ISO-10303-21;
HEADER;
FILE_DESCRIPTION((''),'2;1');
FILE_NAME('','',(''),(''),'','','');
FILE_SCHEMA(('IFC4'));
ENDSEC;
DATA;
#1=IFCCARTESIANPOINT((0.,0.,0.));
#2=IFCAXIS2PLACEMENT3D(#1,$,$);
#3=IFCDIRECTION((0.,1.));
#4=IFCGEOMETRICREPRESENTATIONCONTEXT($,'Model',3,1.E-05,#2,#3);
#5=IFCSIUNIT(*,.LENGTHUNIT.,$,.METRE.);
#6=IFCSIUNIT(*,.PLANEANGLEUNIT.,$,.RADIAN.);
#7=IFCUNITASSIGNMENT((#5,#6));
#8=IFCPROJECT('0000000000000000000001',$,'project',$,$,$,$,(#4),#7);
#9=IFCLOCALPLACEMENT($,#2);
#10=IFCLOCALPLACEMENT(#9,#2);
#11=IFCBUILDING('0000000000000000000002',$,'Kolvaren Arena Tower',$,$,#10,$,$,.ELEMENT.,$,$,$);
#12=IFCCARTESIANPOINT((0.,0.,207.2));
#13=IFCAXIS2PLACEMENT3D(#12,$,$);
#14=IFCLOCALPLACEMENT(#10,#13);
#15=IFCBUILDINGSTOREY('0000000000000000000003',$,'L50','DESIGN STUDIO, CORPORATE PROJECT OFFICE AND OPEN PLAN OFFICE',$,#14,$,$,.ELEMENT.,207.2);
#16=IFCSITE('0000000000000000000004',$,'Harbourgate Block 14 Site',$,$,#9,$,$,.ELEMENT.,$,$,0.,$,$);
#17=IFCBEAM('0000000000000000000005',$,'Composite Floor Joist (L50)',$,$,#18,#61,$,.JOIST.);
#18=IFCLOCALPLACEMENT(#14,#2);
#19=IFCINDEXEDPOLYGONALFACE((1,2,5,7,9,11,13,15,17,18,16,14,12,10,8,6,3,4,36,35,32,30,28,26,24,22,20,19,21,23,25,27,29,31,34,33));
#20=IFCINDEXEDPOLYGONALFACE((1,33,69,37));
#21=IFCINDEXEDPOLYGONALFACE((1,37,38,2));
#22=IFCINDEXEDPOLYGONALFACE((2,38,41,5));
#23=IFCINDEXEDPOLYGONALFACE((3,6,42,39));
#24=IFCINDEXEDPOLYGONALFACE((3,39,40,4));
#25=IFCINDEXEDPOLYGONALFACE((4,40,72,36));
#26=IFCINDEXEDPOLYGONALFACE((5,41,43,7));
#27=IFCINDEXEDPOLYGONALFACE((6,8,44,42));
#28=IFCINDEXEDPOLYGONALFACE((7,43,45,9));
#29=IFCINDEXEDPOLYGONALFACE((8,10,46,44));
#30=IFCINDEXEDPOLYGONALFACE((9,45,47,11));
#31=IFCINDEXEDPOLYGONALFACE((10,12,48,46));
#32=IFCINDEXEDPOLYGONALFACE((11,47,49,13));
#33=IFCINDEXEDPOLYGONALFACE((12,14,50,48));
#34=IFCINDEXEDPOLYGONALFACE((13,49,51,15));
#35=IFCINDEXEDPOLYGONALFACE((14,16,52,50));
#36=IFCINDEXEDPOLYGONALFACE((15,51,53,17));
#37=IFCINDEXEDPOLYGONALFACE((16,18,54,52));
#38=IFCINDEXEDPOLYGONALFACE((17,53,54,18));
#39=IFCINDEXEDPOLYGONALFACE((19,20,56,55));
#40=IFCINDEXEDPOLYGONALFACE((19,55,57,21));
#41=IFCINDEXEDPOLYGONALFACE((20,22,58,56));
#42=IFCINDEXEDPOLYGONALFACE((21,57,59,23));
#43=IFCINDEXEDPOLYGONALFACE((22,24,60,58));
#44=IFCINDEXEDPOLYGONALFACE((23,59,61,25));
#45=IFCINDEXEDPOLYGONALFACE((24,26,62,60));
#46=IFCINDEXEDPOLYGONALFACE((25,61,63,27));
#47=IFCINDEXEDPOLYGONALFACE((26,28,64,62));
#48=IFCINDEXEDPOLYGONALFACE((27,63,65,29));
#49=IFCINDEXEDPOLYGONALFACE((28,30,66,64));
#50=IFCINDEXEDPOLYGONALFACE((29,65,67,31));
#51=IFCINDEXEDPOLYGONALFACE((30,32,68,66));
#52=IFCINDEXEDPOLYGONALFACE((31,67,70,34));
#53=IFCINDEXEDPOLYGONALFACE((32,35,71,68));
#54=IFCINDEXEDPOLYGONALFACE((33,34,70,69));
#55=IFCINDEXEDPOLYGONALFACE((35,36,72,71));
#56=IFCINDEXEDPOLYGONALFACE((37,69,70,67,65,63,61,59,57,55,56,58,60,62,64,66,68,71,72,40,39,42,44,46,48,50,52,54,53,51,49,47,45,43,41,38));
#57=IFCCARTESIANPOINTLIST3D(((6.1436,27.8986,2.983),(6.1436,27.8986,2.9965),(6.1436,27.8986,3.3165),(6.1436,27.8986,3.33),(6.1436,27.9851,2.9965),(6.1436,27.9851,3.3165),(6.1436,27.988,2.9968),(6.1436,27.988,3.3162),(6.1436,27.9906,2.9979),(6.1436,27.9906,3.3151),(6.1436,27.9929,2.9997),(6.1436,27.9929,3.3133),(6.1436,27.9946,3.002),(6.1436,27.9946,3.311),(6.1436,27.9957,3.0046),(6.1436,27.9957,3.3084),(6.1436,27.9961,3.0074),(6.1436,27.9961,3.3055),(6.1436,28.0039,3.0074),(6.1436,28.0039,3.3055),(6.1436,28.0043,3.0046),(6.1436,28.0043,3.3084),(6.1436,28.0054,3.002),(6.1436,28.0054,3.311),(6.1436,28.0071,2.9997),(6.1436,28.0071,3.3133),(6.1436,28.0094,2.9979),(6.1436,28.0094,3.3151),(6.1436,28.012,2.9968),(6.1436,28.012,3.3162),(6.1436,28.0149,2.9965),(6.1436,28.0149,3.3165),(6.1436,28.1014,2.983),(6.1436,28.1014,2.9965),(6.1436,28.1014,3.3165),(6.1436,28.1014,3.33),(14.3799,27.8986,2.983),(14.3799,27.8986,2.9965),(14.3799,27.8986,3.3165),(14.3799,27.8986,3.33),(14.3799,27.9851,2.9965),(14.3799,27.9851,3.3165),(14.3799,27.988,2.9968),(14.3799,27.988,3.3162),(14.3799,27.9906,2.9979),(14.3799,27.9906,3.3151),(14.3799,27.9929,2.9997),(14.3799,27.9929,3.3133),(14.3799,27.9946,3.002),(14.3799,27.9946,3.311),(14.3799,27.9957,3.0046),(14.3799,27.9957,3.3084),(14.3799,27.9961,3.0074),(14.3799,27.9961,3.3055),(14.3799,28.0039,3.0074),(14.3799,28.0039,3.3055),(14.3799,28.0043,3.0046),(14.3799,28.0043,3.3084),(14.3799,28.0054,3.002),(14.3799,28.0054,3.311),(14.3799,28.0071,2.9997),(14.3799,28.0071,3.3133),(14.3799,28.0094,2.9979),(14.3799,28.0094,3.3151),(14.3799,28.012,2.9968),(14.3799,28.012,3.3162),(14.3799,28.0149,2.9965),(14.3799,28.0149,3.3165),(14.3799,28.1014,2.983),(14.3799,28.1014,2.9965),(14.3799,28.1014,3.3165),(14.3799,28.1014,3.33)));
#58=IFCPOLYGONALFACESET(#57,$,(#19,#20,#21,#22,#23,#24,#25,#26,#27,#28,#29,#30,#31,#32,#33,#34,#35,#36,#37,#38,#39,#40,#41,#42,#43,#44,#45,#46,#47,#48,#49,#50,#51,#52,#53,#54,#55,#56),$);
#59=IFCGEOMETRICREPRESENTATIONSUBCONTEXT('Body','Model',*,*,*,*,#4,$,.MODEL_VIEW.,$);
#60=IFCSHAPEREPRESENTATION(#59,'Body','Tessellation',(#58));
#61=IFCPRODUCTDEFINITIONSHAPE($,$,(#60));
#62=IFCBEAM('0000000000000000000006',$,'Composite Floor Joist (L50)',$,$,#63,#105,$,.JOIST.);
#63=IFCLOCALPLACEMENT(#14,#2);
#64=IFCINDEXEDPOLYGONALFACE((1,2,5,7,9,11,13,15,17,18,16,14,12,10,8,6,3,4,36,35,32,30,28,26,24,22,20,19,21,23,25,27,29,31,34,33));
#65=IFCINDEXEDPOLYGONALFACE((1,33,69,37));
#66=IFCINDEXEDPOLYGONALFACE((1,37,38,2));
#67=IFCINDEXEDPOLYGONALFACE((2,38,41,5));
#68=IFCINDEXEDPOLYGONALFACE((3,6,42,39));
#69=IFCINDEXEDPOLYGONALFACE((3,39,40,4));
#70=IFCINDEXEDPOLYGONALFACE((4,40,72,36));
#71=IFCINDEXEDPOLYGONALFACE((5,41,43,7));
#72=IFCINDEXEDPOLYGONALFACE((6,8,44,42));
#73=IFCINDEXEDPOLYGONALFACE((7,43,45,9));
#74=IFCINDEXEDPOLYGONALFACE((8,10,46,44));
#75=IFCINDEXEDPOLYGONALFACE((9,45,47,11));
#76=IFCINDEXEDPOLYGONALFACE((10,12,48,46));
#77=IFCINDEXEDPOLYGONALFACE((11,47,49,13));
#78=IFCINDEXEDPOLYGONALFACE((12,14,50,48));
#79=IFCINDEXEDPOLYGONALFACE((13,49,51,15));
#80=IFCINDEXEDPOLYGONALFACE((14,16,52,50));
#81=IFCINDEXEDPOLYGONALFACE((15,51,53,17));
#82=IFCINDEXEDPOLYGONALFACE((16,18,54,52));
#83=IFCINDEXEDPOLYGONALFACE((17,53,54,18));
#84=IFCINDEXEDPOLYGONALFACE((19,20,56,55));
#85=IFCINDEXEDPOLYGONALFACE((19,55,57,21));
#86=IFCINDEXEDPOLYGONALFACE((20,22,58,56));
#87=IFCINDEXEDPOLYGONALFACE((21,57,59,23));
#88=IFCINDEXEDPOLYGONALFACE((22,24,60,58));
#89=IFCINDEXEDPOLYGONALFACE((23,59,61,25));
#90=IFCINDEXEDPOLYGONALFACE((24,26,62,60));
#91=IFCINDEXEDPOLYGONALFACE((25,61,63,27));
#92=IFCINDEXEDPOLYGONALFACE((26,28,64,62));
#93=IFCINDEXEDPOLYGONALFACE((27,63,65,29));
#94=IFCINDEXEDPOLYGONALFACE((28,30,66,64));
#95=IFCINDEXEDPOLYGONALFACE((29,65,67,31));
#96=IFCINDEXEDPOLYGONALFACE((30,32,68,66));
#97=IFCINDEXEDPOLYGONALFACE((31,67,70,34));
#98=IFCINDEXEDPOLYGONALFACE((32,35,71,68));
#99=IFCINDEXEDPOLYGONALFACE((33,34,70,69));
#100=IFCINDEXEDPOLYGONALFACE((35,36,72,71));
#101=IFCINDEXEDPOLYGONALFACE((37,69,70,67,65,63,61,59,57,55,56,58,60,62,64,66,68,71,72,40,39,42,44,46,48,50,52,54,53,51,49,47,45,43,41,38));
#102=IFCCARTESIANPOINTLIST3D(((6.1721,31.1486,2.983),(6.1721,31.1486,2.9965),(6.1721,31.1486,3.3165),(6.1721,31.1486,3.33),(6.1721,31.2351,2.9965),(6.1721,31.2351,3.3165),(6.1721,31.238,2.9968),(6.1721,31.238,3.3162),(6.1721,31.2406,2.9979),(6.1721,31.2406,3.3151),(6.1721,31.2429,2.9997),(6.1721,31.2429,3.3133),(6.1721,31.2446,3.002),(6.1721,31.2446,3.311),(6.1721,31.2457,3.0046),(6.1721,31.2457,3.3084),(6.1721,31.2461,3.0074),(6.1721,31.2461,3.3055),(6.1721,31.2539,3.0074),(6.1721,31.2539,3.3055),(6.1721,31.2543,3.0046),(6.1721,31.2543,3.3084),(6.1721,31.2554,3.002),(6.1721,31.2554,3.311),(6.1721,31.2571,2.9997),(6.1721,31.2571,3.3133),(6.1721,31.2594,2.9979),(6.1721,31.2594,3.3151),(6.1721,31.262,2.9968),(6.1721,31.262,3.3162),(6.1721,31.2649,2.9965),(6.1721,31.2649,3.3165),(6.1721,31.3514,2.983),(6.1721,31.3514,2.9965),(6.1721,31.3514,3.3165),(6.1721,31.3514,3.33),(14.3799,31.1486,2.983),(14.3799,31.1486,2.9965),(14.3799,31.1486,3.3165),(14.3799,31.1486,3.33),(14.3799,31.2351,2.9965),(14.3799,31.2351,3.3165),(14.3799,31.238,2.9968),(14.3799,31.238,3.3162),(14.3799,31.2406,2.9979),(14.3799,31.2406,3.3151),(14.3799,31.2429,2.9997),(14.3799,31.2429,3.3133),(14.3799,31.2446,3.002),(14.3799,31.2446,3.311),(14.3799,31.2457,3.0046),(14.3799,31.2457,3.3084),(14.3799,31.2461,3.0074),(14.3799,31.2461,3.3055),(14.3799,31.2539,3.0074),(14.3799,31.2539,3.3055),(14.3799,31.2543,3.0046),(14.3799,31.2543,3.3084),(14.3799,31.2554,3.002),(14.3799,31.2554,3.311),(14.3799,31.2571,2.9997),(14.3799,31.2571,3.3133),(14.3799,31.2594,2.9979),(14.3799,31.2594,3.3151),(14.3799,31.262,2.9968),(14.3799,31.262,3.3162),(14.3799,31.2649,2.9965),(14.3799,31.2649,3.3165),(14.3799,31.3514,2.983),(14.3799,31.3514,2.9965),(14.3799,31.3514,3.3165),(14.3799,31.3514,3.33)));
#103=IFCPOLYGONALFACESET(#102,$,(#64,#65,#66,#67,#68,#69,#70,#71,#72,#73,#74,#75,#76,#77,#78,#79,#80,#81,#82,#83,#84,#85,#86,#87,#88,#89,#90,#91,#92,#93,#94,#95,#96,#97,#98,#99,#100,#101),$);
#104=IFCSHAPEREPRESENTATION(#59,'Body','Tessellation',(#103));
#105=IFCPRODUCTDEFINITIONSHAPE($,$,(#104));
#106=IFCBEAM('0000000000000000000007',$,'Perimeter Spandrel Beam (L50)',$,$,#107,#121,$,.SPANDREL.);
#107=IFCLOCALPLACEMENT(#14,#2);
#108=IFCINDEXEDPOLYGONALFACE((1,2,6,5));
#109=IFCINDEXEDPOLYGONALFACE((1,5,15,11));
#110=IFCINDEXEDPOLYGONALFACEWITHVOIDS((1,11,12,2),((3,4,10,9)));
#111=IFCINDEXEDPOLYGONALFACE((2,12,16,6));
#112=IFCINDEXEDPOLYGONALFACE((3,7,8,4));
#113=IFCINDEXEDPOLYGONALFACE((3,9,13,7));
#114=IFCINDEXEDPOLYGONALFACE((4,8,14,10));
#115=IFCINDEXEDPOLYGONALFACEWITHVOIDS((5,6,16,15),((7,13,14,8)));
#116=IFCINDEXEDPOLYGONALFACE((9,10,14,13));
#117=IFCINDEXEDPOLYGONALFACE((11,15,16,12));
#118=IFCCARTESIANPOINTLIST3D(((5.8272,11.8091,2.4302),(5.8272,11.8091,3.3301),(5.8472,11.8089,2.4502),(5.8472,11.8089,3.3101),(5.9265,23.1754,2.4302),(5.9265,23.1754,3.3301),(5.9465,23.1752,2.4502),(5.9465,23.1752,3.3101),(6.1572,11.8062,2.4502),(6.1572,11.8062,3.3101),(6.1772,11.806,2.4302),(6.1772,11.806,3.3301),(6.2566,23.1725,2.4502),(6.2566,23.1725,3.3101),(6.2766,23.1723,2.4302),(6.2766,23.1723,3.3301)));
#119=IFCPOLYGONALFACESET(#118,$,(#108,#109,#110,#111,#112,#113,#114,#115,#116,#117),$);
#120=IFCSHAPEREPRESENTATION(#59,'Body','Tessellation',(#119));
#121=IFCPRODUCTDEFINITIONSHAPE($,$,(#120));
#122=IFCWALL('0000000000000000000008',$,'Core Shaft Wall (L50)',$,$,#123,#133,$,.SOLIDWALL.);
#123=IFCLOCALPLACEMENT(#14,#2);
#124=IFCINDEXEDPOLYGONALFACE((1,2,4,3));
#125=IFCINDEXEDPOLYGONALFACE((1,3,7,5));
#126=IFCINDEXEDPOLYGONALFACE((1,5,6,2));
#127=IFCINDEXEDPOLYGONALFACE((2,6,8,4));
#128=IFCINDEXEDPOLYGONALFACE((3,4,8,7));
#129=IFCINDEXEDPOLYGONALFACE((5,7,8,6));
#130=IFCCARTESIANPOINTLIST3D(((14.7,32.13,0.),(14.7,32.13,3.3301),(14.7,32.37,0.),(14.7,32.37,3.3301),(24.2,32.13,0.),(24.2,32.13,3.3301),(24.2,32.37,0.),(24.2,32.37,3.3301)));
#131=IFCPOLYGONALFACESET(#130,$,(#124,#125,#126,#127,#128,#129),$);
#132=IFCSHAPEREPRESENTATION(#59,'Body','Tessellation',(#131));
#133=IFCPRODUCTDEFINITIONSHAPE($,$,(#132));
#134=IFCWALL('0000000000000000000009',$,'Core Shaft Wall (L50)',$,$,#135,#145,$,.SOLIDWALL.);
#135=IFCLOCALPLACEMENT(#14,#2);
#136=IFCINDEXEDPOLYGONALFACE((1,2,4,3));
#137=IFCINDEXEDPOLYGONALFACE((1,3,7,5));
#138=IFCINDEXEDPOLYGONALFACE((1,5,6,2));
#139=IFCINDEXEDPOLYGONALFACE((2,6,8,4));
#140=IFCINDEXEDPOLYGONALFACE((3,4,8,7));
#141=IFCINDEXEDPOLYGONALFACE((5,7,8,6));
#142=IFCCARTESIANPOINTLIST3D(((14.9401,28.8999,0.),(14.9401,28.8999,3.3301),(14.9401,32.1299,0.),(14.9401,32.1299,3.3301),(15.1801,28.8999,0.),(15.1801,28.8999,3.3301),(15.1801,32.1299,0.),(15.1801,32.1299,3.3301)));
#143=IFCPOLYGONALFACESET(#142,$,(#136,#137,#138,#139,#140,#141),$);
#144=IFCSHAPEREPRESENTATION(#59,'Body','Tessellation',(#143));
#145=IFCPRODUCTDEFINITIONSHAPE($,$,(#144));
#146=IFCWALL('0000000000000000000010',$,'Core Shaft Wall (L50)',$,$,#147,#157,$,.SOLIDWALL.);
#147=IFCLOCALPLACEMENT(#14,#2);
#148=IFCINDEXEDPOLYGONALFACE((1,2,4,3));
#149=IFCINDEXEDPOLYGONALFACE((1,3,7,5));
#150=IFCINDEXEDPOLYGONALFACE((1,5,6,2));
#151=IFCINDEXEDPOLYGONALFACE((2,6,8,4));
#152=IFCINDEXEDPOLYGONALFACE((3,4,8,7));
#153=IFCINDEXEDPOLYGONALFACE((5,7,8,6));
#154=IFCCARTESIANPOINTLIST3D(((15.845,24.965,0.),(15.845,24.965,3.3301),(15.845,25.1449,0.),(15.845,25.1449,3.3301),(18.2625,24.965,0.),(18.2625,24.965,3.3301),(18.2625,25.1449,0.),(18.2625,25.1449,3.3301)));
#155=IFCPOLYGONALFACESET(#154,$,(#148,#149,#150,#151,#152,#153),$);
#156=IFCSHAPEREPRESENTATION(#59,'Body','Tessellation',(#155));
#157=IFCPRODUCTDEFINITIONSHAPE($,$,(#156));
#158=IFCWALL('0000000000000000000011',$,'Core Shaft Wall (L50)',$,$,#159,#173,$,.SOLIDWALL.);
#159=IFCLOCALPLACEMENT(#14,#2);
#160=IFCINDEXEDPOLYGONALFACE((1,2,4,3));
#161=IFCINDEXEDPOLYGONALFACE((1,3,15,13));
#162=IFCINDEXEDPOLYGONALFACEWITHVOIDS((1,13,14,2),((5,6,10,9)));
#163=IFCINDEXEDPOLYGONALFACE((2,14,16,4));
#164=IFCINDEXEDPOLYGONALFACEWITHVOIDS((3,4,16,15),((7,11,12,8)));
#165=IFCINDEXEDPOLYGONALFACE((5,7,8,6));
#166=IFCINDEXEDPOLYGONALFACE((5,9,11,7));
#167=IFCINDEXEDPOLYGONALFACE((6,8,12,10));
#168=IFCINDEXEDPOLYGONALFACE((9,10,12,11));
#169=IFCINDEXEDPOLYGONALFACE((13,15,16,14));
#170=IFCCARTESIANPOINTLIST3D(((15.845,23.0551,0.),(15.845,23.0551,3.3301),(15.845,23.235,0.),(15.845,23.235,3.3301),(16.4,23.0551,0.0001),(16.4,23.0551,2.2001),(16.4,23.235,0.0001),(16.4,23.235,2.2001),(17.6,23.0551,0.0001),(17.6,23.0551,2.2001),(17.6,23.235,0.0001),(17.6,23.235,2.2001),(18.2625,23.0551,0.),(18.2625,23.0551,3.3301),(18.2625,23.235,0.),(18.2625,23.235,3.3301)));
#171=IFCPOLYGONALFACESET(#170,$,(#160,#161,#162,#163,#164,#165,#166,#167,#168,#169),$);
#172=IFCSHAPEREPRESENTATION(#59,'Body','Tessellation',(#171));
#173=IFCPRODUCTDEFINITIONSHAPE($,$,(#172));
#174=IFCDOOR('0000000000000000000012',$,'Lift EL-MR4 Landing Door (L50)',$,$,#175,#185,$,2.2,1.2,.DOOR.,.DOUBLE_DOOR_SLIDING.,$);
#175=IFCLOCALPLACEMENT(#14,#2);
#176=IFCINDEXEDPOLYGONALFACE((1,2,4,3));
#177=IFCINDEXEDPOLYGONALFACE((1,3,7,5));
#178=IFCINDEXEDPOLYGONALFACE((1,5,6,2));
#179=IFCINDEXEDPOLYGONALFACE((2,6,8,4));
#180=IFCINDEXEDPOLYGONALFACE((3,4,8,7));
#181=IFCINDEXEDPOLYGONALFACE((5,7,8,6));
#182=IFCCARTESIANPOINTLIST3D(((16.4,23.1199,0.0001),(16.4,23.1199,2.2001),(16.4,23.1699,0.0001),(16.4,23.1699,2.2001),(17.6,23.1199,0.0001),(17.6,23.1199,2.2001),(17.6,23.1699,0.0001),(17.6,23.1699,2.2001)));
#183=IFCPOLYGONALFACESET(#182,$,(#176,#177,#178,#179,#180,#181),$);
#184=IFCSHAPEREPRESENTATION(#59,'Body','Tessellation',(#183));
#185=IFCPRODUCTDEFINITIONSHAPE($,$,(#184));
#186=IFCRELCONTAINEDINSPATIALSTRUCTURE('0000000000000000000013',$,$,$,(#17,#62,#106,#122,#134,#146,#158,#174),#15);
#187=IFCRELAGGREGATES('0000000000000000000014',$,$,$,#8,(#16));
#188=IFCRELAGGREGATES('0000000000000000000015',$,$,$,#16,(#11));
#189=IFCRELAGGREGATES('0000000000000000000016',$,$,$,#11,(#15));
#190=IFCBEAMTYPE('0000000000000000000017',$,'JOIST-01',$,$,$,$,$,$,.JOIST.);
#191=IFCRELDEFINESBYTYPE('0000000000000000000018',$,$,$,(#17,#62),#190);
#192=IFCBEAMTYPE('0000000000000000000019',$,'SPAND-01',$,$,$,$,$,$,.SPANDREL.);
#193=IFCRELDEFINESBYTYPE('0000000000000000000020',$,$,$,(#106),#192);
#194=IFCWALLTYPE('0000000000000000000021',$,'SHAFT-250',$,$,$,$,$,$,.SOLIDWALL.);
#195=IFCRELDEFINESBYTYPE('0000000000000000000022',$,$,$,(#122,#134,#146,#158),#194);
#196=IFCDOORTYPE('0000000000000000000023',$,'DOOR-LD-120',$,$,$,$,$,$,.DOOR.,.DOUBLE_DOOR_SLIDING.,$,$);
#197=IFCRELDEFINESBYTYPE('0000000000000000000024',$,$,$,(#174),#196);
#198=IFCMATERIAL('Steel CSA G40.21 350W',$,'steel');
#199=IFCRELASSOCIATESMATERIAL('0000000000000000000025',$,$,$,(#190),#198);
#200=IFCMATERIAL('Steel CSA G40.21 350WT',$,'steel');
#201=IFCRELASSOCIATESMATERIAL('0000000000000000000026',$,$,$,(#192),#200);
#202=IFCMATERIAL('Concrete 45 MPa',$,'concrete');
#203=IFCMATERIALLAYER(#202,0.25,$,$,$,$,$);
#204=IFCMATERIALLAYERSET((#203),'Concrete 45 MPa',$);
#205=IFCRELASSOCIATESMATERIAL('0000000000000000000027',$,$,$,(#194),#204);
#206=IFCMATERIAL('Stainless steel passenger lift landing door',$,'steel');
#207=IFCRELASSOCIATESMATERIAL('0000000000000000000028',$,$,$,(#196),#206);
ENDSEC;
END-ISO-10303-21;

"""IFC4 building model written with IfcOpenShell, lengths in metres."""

from ifc_helpers import new_model, si_unit, direction, frame, frame_2d, origin, origin_2d, place, context, subcontext, project, spatial, rectangle, hollow_rectangle, i_section, extrude, material, layer, layer_set, material_profile, profile_set, type_object, element, fill, save


model = new_model("IFC4")

# Units and contexts
model_context = context("Model", 3, precision=1e-05, world=origin(), true_north=direction((0.0, 1.0)))
body_context = subcontext(model_context, "Body", "Model", "MODEL_VIEW")
ifc_project = project(units=[si_unit("LENGTHUNIT", "METRE"), si_unit("PLANEANGLEUNIT", "RADIAN")], contexts=[model_context])

# Site, building, storey
site_placement = place(None, origin())
site = spatial("IfcSite", under=ifc_project, at=site_placement, Name="Harbourgate Block 14 Site", CompositionType="ELEMENT", RefElevation=0.0)
building_placement = place(site_placement, origin())
building = spatial("IfcBuilding", under=site, at=building_placement, Name="Kolvaren Arena Tower", CompositionType="ELEMENT")
storey_placement = place(building_placement, frame((0.0, 0.0, 207.2)))
storey = spatial("IfcBuildingStorey", under=building, at=storey_placement, Name="L50", Description="DESIGN STUDIO, CORPORATE PROJECT OFFICE AND OPEN PLAN OFFICE", CompositionType="ELEMENT", Elevation=207.2)

# Beams
ifc_material_1 = material(Name="Steel CSA G40.21 350W", Category="steel")
ifc_material_profile_1 = material_profile(ifc_material_1, i_section(OverallWidth=0.2029, OverallDepth=0.3469, WebThickness=0.0078, FlangeThickness=0.0134, FilletRadius=0.011, at=origin_2d()), Name="W360x64")
ifc_profile_set_1 = profile_set([ifc_material_profile_1], Name="Steel CSA G40.21 350W")
beam_type_1 = type_object("IfcBeamType", Name="JOIST-01", PredefinedType="JOIST", material=ifc_profile_set_1)
beam_1_placement = place(storey_placement, frame((6.1436, 28.0, 3.1565), z_axis=(1.0, 0.0, 0.0), x_axis=(0.0, 1.0, 0.0)))
element("IfcBeam", 1, at=beam_1_placement, inside=storey, type_object=beam_type_1, Name="Composite Floor Joist (L50)", PredefinedType="JOIST", context=body_context, shape_type="SweptSolid", body=[
    extrude(i_section(OverallWidth=0.2029, OverallDepth=0.3469, WebThickness=0.0078, FlangeThickness=0.0134, FilletRadius=0.011, at=origin_2d()), origin(), (0.0, 0.0, 1.0), 8.2363),
])
beam_2_placement = place(storey_placement, frame((6.1721, 31.25, 3.1565), z_axis=(1.0, 0.0, 0.0), x_axis=(0.0, 1.0, 0.0)))
element("IfcBeam", 2, at=beam_2_placement, inside=storey, type_object=beam_type_1, Name="Composite Floor Joist (L50)", PredefinedType="JOIST", context=body_context, shape_type="SweptSolid", body=[
    extrude(i_section(OverallWidth=0.2029, OverallDepth=0.3469, WebThickness=0.0078, FlangeThickness=0.0134, FilletRadius=0.011, at=origin_2d()), origin(), (0.0, 0.0, 1.0), 8.2078),
])
ifc_material_2 = material(Name="Steel CSA G40.21 350WT", Category="steel")
ifc_material_profile_2 = material_profile(ifc_material_2, hollow_rectangle(XDim=0.3501, YDim=0.8999, WallThickness=0.02, at=origin_2d()), Name="HSS 900x350x20")
ifc_profile_set_2 = profile_set([ifc_material_profile_2], Name="Steel CSA G40.21 350WT")
beam_type_2 = type_object("IfcBeamType", Name="SPAND-01", PredefinedType="SPANDREL", material=ifc_profile_set_2)
beam_3_placement = place(storey_placement, frame((6.1016, 23.1738, 2.8801), z_axis=(-0.008742, -0.999962, 0.0), x_axis=(0.999962, -0.008742, 0.0)))
element("IfcBeam", 3, at=beam_3_placement, inside=storey, type_object=beam_type_2, Name="Perimeter Spandrel Beam (L50)", PredefinedType="SPANDREL", context=body_context, shape_type="SweptSolid", body=[
    extrude(hollow_rectangle(XDim=0.3501, YDim=0.8999, WallThickness=0.02, at=origin_2d()), origin(), (0.0, 0.0, 1.0), 11.3667),
])

# Walls
ifc_material_3 = material(Name="Concrete 45 MPa", Category="concrete")
ifc_layer = layer(ifc_material_3, 0.25)
ifc_layer_set = layer_set([ifc_layer], Name="Concrete 45 MPa")
wall_type = type_object("IfcWallType", Name="SHAFT-250", PredefinedType="SOLIDWALL", material=ifc_layer_set)
wall_1_placement = place(storey_placement, frame((14.7, 32.25, 0.0), z_axis=(0.0, 0.0, 1.0), x_axis=(1.0, 0.0, 0.0)))
element("IfcWall", 4, at=wall_1_placement, inside=storey, type_object=wall_type, Name="Core Shaft Wall (L50)", PredefinedType="SOLIDWALL", context=body_context, shape_type="SweptSolid", body=[
    extrude(rectangle(XDim=9.5, YDim=0.24, at=frame_2d((4.75, 0.0))), origin(), (0.0, 0.0, 1.0), 3.3301),
])
wall_2_placement = place(storey_placement, frame((15.0601, 28.8999, 0.0), z_axis=(0.0, 0.0, 1.0), x_axis=(0.0, 1.0, 0.0)))
element("IfcWall", 5, at=wall_2_placement, inside=storey, type_object=wall_type, Name="Core Shaft Wall (L50)", PredefinedType="SOLIDWALL", context=body_context, shape_type="SweptSolid", body=[
    extrude(rectangle(XDim=3.23, YDim=0.24, at=frame_2d((1.615, 0.0))), origin(), (0.0, 0.0, 1.0), 3.3301),
])
wall_3_placement = place(storey_placement, frame((15.845, 25.0549, 0.0), z_axis=(0.0, 0.0, 1.0), x_axis=(1.0, 0.0, 0.0)))
element("IfcWall", 6, at=wall_3_placement, inside=storey, type_object=wall_type, Name="Core Shaft Wall (L50)", PredefinedType="SOLIDWALL", context=body_context, shape_type="SweptSolid", body=[
    extrude(rectangle(XDim=2.4175, YDim=0.1799, at=frame_2d((1.2087, 0.0))), origin(), (0.0, 0.0, 1.0), 3.3301),
])

# Wall, opening, door
wall_4_placement = place(storey_placement, frame((15.845, 23.145, 0.0), z_axis=(0.0, 0.0, 1.0), x_axis=(1.0, 0.0, 0.0)))
wall_4 = element("IfcWall", 7, at=wall_4_placement, inside=storey, type_object=wall_type, Name="Core Shaft Wall (L50)", PredefinedType="SOLIDWALL", context=body_context, shape_type="SweptSolid", body=[
    extrude(rectangle(XDim=2.4175, YDim=0.1799, at=frame_2d((1.2087, 0.0))), origin(), (0.0, 0.0, 1.0), 3.3301),
])
opening_1_placement = place(wall_4_placement, frame((0.5549, 0.0, 0.0)))
opening_1 = element("IfcOpeningElement", 8, at=opening_1_placement, cuts=wall_4, PredefinedType="OPENING", context=body_context, shape_type="SweptSolid", body=[
    extrude(rectangle(XDim=1.2, YDim=2.2, at=frame_2d((0.6001, 1.1001))), frame((0.0, 0.0999, 0.0), z_axis=(0.0, -1.0, 0.0), x_axis=(1.0, 0.0, 0.0)), (0.0, 0.0, 1.0), 0.2),
])
ifc_material_4 = material(Name="Stainless steel passenger lift landing door", Category="steel")
door_type_1 = type_object("IfcDoorType", Name="DOOR-LD-120", OperationType="DOUBLE_DOOR_SLIDING", PredefinedType="DOOR", material=ifc_material_4)
door_1_placement = place(opening_1_placement, origin())
door_1 = element("IfcDoor", 9, at=door_1_placement, inside=storey, type_object=door_type_1, Name="Lift EL-MR4 Landing Door (L50)", OperationType="DOUBLE_DOOR_SLIDING", OverallHeight=2.2, OverallWidth=1.2, PredefinedType="DOOR", context=body_context, shape_type="SweptSolid", body=[
    extrude(rectangle(XDim=1.2, YDim=2.2, at=frame_2d((0.6001, 1.1001))), frame((0.0, 0.0249, 0.0), z_axis=(0.0, -1.0, 0.0), x_axis=(1.0, 0.0, 0.0)), (0.0, 0.0, 1.0), 0.05),
])
fill(opening_1, door_1)

save(model, "model.ifc")
